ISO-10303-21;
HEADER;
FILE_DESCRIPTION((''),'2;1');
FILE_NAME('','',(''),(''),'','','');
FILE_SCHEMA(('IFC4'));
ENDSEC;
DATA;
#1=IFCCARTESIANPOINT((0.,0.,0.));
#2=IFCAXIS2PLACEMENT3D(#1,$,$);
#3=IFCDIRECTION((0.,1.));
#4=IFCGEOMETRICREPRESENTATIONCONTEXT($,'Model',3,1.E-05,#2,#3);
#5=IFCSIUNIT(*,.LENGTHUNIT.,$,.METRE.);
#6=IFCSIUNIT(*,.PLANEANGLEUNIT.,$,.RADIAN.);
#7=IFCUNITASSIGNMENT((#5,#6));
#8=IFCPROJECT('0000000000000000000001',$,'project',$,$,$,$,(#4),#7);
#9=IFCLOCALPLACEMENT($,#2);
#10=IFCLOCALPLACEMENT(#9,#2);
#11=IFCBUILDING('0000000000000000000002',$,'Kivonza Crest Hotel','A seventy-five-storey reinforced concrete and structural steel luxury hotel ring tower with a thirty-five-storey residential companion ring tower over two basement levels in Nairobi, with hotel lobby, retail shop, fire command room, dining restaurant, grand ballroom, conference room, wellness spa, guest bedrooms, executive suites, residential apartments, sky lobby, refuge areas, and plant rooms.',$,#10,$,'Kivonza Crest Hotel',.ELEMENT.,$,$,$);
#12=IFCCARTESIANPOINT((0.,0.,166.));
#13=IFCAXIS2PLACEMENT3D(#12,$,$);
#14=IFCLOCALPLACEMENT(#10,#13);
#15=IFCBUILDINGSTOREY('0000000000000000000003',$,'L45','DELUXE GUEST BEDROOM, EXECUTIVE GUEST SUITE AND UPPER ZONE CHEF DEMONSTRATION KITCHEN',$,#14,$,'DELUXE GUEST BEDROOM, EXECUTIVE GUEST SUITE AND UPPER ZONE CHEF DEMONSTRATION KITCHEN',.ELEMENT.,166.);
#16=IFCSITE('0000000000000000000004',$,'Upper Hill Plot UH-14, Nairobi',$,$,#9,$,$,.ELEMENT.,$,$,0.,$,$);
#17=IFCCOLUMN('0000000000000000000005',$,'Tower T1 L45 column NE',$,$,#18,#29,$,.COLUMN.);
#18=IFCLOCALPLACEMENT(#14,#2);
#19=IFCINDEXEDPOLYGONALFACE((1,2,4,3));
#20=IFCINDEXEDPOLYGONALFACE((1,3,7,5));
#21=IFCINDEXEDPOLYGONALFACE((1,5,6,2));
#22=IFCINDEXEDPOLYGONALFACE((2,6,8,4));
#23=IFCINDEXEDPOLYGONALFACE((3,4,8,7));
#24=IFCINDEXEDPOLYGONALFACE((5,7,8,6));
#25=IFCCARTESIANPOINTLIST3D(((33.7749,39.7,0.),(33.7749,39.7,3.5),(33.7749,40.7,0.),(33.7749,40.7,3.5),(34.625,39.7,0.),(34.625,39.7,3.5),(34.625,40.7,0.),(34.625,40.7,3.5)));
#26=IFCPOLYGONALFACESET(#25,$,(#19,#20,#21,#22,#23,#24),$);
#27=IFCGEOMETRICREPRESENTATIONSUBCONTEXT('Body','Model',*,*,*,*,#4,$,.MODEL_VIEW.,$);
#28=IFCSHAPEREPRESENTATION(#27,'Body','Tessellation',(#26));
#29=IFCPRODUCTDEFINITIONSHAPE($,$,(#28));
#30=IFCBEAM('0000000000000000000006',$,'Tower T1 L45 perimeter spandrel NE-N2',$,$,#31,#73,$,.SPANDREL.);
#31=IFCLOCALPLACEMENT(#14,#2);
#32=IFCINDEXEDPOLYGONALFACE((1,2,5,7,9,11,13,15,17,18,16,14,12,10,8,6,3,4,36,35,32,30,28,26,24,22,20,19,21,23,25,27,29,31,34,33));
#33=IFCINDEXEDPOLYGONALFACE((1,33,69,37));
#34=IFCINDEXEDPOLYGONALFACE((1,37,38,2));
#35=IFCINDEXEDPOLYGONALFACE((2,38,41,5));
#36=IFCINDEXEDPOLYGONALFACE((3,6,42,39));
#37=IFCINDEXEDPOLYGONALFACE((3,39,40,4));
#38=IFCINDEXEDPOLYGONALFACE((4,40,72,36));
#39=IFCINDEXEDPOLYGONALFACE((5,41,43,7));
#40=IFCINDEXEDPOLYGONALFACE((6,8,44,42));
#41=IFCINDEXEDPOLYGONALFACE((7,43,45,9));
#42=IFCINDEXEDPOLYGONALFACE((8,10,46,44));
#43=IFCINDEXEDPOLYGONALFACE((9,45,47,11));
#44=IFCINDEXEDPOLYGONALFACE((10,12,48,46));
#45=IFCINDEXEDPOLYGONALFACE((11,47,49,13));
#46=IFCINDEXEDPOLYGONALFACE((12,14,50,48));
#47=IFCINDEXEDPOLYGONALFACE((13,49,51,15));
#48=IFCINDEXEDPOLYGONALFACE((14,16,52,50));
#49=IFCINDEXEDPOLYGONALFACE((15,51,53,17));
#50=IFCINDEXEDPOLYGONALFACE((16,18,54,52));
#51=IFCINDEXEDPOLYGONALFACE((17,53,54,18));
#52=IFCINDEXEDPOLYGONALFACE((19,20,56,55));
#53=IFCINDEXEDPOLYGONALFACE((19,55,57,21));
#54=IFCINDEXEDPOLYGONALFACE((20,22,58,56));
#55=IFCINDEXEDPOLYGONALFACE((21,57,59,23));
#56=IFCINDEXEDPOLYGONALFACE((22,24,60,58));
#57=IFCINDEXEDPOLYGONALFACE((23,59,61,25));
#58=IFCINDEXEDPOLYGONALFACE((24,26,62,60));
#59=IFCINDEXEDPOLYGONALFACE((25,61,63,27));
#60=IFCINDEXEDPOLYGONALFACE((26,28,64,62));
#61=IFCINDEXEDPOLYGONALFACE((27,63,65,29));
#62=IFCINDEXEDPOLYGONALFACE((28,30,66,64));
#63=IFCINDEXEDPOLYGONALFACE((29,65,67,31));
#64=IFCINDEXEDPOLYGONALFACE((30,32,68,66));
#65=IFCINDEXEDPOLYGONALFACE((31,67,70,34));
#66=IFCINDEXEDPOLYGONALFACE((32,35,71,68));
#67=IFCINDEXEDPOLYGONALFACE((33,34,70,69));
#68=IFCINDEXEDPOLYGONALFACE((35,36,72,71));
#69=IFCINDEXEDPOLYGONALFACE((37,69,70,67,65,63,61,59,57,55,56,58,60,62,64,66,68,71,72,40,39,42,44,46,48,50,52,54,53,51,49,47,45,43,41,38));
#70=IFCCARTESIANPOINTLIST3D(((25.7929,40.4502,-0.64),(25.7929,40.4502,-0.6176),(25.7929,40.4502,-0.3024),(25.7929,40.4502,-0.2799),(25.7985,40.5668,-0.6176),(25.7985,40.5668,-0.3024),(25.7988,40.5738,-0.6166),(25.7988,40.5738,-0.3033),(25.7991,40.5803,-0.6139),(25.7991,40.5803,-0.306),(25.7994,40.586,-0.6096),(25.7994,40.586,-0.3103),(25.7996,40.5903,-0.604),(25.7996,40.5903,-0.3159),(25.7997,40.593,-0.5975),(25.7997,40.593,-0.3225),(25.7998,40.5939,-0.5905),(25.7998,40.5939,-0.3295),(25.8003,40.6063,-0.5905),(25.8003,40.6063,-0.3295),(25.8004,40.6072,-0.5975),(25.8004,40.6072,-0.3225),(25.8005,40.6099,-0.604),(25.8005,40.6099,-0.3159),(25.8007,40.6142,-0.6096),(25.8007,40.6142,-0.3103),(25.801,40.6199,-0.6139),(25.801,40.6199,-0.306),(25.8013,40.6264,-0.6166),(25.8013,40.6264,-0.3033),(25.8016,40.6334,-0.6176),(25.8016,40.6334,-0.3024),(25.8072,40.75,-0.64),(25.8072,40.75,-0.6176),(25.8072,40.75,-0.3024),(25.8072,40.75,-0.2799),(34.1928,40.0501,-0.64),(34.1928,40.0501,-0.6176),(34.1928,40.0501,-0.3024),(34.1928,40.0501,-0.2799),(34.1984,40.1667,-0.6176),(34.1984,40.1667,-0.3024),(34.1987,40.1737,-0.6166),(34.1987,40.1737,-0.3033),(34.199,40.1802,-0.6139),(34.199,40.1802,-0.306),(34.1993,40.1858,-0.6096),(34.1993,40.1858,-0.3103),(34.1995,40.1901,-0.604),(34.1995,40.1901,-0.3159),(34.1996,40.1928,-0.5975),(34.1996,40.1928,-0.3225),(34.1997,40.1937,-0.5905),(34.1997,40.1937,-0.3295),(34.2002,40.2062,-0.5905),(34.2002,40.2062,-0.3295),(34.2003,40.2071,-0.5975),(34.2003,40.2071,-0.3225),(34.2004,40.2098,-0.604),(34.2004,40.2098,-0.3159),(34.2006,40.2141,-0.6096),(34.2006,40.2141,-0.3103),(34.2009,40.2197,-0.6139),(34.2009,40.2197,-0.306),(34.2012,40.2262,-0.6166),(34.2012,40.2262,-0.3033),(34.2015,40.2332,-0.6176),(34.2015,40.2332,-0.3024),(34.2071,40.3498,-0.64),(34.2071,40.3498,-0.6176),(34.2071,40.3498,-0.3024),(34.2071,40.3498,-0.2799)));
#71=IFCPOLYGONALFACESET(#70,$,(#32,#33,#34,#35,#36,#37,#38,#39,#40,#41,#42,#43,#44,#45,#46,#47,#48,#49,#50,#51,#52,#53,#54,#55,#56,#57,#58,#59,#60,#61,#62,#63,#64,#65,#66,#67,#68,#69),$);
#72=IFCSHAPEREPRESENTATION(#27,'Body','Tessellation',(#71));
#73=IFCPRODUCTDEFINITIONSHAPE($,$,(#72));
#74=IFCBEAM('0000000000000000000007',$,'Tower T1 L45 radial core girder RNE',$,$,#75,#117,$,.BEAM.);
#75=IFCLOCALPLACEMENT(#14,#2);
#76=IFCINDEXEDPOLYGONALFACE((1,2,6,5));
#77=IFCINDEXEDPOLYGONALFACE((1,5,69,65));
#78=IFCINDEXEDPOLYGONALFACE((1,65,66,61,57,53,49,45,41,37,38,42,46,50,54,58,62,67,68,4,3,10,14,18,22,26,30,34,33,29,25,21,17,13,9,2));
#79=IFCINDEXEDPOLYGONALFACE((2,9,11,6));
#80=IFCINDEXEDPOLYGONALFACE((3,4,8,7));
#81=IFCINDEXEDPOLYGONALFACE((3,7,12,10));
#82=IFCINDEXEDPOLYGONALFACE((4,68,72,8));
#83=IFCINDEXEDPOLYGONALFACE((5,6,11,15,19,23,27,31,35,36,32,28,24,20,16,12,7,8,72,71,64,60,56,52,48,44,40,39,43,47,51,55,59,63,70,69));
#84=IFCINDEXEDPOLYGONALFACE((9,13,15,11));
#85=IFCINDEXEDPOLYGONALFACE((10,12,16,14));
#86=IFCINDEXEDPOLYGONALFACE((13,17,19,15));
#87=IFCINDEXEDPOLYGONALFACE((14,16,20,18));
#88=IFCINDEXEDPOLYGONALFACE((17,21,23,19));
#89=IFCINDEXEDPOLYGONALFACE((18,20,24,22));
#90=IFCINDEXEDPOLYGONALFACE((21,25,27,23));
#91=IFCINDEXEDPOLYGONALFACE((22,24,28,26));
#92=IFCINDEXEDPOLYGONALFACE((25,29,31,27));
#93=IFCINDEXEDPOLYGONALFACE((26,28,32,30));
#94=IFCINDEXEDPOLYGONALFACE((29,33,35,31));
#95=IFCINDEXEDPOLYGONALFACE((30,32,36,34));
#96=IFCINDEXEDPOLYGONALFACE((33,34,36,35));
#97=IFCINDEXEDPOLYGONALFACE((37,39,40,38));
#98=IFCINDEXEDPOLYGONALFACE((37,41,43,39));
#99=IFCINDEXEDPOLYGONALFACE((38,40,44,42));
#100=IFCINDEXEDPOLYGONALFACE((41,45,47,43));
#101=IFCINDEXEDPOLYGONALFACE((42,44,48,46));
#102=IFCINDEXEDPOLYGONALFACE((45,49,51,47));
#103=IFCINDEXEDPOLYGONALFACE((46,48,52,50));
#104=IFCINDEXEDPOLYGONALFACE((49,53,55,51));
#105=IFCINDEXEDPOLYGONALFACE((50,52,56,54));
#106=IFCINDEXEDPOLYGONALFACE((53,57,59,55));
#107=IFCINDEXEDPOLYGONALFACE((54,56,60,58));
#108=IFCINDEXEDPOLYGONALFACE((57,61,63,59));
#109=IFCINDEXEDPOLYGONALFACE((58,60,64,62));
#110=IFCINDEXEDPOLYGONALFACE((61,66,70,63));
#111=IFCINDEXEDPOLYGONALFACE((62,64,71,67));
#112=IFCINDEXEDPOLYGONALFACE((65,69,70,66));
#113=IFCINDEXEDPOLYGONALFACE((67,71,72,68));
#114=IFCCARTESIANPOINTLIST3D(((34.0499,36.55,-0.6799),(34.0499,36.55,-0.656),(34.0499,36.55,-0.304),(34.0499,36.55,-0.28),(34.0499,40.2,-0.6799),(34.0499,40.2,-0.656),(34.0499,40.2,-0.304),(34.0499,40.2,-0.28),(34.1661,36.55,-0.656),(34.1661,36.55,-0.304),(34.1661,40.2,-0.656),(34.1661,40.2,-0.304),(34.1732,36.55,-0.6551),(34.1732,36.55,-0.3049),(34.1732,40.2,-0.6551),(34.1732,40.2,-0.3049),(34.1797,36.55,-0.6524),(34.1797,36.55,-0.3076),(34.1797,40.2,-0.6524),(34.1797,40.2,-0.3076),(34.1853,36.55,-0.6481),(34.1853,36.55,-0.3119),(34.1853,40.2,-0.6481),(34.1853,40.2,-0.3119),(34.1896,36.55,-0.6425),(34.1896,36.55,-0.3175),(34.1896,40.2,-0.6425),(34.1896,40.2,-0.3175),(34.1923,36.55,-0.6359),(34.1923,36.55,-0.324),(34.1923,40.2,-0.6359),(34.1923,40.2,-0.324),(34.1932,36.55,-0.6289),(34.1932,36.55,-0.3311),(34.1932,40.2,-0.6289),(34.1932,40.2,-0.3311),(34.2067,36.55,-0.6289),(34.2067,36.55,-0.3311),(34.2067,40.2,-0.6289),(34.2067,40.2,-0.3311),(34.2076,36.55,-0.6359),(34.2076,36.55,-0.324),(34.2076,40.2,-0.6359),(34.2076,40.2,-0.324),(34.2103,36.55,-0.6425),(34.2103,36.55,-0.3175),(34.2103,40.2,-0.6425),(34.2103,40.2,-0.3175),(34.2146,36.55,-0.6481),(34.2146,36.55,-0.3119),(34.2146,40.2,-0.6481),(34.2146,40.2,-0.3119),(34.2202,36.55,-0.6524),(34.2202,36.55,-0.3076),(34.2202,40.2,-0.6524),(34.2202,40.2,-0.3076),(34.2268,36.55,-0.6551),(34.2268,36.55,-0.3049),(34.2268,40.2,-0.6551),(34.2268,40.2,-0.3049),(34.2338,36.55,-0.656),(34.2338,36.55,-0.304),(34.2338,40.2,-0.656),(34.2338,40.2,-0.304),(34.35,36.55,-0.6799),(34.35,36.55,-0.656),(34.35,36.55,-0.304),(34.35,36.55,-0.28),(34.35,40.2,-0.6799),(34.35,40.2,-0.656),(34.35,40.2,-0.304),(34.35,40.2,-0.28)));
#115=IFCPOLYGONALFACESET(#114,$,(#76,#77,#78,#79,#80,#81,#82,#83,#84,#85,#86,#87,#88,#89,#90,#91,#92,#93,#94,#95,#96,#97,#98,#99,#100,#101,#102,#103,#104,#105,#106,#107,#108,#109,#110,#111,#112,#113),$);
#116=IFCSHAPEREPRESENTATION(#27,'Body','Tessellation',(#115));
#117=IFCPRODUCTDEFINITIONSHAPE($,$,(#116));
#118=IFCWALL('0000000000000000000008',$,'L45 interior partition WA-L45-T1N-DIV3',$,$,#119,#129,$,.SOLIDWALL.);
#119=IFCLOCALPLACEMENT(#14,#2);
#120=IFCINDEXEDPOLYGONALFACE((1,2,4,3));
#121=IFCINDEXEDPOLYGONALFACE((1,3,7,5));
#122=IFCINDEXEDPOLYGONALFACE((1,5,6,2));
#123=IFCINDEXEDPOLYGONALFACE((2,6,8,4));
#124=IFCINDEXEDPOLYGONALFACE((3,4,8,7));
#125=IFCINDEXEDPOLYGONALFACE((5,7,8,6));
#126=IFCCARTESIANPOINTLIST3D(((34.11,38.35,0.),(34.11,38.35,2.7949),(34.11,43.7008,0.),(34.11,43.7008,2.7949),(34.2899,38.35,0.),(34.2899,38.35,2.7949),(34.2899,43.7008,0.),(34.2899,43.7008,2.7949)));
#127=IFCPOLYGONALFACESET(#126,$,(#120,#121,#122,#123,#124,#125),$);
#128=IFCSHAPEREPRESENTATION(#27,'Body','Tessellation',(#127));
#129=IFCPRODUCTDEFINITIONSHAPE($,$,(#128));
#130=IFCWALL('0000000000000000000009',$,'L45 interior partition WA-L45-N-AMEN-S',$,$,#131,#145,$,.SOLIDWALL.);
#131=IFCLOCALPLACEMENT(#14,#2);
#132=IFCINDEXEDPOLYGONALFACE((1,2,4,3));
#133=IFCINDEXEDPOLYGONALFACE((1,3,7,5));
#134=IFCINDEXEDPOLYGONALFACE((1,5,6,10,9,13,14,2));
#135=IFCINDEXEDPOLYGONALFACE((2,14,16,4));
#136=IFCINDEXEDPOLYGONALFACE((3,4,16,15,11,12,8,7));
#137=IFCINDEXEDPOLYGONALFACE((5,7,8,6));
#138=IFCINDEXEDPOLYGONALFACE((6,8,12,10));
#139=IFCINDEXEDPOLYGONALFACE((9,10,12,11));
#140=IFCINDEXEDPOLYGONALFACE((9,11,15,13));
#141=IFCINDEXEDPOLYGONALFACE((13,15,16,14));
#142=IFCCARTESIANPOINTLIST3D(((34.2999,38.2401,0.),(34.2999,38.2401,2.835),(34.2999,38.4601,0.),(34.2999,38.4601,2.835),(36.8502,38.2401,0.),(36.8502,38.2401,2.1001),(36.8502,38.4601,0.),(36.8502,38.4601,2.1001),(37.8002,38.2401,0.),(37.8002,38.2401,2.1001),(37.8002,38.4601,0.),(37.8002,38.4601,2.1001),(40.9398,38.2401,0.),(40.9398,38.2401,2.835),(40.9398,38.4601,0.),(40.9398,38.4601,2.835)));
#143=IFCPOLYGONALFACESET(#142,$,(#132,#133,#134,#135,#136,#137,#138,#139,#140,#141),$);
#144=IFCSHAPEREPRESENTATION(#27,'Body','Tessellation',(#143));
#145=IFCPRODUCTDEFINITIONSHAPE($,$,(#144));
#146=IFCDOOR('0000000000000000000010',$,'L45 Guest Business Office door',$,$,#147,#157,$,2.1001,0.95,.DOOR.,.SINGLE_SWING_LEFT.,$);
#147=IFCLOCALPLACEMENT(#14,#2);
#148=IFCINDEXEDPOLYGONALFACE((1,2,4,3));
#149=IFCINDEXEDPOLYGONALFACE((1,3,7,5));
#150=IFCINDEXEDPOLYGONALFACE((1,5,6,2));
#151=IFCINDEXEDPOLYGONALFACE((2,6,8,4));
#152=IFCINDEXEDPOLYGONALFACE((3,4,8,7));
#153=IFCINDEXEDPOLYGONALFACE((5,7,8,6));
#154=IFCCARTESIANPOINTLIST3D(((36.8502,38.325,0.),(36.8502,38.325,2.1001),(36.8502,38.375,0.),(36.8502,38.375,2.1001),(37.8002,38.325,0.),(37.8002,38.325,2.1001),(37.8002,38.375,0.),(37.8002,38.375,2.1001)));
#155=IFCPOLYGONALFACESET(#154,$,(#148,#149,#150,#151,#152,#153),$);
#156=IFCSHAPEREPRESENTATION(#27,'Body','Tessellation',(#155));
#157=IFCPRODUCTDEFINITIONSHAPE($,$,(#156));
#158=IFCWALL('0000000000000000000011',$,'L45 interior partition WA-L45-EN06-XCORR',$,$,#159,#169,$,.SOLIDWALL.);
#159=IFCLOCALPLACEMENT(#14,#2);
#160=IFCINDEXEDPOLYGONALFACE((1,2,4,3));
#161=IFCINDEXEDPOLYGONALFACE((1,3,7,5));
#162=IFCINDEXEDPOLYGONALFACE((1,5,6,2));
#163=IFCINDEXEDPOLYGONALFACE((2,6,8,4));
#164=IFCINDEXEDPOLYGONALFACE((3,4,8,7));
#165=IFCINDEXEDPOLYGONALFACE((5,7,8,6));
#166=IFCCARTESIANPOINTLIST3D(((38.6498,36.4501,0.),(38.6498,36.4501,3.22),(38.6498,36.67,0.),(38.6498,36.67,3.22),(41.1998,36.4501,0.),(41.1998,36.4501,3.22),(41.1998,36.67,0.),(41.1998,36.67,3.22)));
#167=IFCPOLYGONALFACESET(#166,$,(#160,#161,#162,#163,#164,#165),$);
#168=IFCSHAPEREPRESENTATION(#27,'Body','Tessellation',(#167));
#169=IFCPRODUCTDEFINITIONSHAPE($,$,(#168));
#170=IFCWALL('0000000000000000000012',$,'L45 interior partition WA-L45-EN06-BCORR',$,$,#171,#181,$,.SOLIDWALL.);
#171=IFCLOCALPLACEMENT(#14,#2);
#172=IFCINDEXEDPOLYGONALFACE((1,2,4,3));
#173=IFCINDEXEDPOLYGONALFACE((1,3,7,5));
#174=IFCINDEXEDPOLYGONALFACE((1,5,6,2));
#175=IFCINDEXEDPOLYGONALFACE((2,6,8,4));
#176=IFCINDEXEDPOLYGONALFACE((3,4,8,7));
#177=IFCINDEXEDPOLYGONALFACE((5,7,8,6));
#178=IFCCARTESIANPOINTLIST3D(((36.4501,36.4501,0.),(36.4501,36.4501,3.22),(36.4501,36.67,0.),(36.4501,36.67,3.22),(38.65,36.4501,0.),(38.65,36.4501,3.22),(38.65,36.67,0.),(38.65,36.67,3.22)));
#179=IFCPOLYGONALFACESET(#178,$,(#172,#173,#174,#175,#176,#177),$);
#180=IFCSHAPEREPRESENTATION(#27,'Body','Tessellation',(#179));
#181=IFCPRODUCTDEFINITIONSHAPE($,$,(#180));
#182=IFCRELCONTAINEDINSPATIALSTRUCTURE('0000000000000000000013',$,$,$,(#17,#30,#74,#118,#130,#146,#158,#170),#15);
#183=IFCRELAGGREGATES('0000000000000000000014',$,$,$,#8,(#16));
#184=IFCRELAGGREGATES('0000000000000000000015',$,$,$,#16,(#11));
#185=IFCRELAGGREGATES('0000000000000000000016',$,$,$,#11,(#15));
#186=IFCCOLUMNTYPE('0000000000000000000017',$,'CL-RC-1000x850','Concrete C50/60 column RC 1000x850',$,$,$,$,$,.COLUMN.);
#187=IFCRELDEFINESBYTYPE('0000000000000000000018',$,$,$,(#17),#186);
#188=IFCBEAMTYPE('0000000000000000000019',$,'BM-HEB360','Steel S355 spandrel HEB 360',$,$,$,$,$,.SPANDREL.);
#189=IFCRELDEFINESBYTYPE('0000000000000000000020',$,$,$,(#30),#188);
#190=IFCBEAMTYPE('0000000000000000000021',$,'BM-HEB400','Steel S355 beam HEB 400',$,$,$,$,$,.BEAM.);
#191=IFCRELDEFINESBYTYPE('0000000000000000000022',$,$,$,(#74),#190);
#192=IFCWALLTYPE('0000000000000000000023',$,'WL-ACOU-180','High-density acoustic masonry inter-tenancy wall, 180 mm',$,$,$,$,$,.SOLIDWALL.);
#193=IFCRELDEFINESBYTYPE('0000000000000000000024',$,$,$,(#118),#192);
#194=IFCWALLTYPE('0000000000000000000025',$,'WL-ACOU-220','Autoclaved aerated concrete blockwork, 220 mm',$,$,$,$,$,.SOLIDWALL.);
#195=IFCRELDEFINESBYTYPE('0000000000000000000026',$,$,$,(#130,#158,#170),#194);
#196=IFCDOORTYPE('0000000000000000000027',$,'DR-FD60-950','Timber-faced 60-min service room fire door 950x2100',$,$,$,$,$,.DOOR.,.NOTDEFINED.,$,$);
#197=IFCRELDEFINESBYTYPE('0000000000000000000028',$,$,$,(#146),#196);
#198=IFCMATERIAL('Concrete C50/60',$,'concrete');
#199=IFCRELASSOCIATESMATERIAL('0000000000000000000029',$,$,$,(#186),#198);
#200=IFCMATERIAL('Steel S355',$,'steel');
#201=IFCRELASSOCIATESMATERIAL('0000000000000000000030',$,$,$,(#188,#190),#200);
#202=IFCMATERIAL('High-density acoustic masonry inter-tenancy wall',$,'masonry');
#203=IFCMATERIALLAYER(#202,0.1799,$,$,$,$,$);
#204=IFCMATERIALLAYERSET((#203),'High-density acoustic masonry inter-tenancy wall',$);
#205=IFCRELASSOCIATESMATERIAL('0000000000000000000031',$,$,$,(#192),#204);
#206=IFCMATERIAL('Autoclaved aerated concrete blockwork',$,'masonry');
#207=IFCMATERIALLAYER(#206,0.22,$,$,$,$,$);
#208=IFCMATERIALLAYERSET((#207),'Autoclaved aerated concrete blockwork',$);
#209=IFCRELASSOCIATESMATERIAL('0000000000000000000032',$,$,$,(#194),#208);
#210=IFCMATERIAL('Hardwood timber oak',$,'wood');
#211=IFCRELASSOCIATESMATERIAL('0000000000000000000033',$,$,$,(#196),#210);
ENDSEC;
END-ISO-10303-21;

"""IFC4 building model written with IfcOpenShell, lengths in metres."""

from ifc_helpers import new_model, si_unit, direction, frame, frame_2d, origin, origin_2d, place, context, subcontext, project, spatial, rectangle, i_section, extrude, material, layer, layer_set, material_profile, profile_set, type_object, element, fill, save


model = new_model("IFC4")

# Units and contexts
model_context = context("Model", 3, precision=1e-05, world=origin(), true_north=direction((0.0, 1.0)))
body_context = subcontext(model_context, "Body", "Model", "MODEL_VIEW")
ifc_project = project(units=[si_unit("LENGTHUNIT", "METRE"), si_unit("PLANEANGLEUNIT", "RADIAN")], contexts=[model_context])

# Site, building, storey
site_placement = place(None, origin())
site = spatial("IfcSite", under=ifc_project, at=site_placement, Name="Upper Hill Plot UH-14, Nairobi", CompositionType="ELEMENT", RefElevation=0.0)
building_placement = place(site_placement, origin())
building = spatial("IfcBuilding", under=site, at=building_placement, Name="Kivonza Crest Hotel", Description="A seventy-five-storey reinforced concrete and structural steel luxury hotel ring tower with a thirty-five-storey residential companion ring tower over two basement levels in Nairobi, with hotel lobby, retail shop, fire command room, dining restaurant, grand ballroom, conference room, wellness spa, guest bedrooms, executive suites, residential apartments, sky lobby, refuge areas, and plant rooms.", LongName="Kivonza Crest Hotel", CompositionType="ELEMENT")
storey_placement = place(building_placement, frame((0.0, 0.0, 166.0)))
storey = spatial("IfcBuildingStorey", under=building, at=storey_placement, Name="L45", Description="DELUXE GUEST BEDROOM, EXECUTIVE GUEST SUITE AND UPPER ZONE CHEF DEMONSTRATION KITCHEN", LongName="DELUXE GUEST BEDROOM, EXECUTIVE GUEST SUITE AND UPPER ZONE CHEF DEMONSTRATION KITCHEN", CompositionType="ELEMENT", Elevation=166.0)

# Column
ifc_material_1 = material(Name="Concrete C50/60", Category="concrete")
ifc_material_profile_1 = material_profile(ifc_material_1, rectangle(XDim=0.8501, YDim=1.0, at=origin_2d()), Name="RC 1000x850")
ifc_profile_set_1 = profile_set([ifc_material_profile_1], Name="Concrete C50/60")
column_type = type_object("IfcColumnType", Name="CL-RC-1000x850", Description="Concrete C50/60 column RC 1000x850", PredefinedType="COLUMN", material=ifc_profile_set_1)
column_placement = place(storey_placement, frame((34.2, 40.2, 0.0), z_axis=(0.0, 0.0, 1.0), x_axis=(1.0, 0.0, 0.0)))
element("IfcColumn", 1, at=column_placement, inside=storey, type_object=column_type, Name="Tower T1 L45 column NE", PredefinedType="COLUMN", context=body_context, shape_type="SweptSolid", body=[
    extrude(rectangle(XDim=0.8501, YDim=1.0, at=origin_2d()), origin(), (0.0, 0.0, 1.0), 3.5),
])

# Beams
ifc_material_2 = material(Name="Steel S355", Category="steel")
ifc_material_profile_2 = material_profile(ifc_material_2, i_section(OverallWidth=0.3, OverallDepth=0.3601, WebThickness=0.0125, FlangeThickness=0.0225, FilletRadius=0.0271, at=origin_2d()), Name="HEB 360")
ifc_profile_set_2 = profile_set([ifc_material_profile_2], Name="Steel S355")
beam_type_1 = type_object("IfcBeamType", Name="BM-HEB360", Description="Steel S355 spandrel HEB 360", PredefinedType="SPANDREL", material=ifc_profile_set_2)
beam_1_placement = place(storey_placement, frame((34.2, 40.2, -0.46), z_axis=(-0.998867, 0.047583, 0.0), x_axis=(-0.047583, -0.998867, 0.0)))
element("IfcBeam", 2, at=beam_1_placement, inside=storey, type_object=beam_type_1, Name="Tower T1 L45 perimeter spandrel NE-N2", PredefinedType="SPANDREL", context=body_context, shape_type="SweptSolid", body=[
    extrude(i_section(OverallWidth=0.3, OverallDepth=0.3601, WebThickness=0.0125, FlangeThickness=0.0225, FilletRadius=0.0271, at=origin_2d()), origin(), (0.0, 0.0, 1.0), 8.4094),
])
ifc_material_profile_3 = material_profile(ifc_material_2, i_section(OverallWidth=0.3, OverallDepth=0.3999, WebThickness=0.0134, FlangeThickness=0.0239, FilletRadius=0.0271, at=origin_2d()), Name="HEB 400")
ifc_profile_set_3 = profile_set([ifc_material_profile_3], Name="Steel S355")
beam_type_2 = type_object("IfcBeamType", Name="BM-HEB400", Description="Steel S355 beam HEB 400", PredefinedType="BEAM", material=ifc_profile_set_3)
beam_2_placement = place(storey_placement, frame((34.2, 40.2, -0.48), z_axis=(0.0, -1.0, 0.0), x_axis=(1.0, 0.0, 0.0)))
element("IfcBeam", 3, at=beam_2_placement, inside=storey, type_object=beam_type_2, Name="Tower T1 L45 radial core girder RNE", PredefinedType="BEAM", context=body_context, shape_type="SweptSolid", body=[
    extrude(i_section(OverallWidth=0.3, OverallDepth=0.3999, WebThickness=0.0134, FlangeThickness=0.0239, FilletRadius=0.0271, at=origin_2d()), origin(), (0.0, 0.0, 1.0), 3.6499),
])

# Wall
ifc_material_3 = material(Name="High-density acoustic masonry inter-tenancy wall", Category="masonry")
ifc_layer_1 = layer(ifc_material_3, 0.1799)
ifc_layer_set_1 = layer_set([ifc_layer_1], Name="High-density acoustic masonry inter-tenancy wall")
wall_type_1 = type_object("IfcWallType", Name="WL-ACOU-180", Description="High-density acoustic masonry inter-tenancy wall, 180 mm", PredefinedType="SOLIDWALL", material=ifc_layer_set_1)
wall_1_placement = place(storey_placement, frame((34.2, 38.3501, 0.0), z_axis=(0.0, 0.0, 1.0), x_axis=(0.0, 1.0, 0.0)))
element("IfcWall", 4, at=wall_1_placement, inside=storey, type_object=wall_type_1, Name="L45 interior partition WA-L45-T1N-DIV3", PredefinedType="SOLIDWALL", context=body_context, shape_type="SweptSolid", body=[
    extrude(rectangle(XDim=5.3508, YDim=0.1799, at=frame_2d((2.6753, 0.0))), origin(), (0.0, 0.0, 1.0), 2.7949),
])

# Wall, opening, door
ifc_material_4 = material(Name="Autoclaved aerated concrete blockwork", Category="masonry")
ifc_layer_2 = layer(ifc_material_4, 0.22)
ifc_layer_set_2 = layer_set([ifc_layer_2], Name="Autoclaved aerated concrete blockwork")
wall_type_2 = type_object("IfcWallType", Name="WL-ACOU-220", Description="Autoclaved aerated concrete blockwork, 220 mm", PredefinedType="SOLIDWALL", material=ifc_layer_set_2)
wall_2_placement = place(storey_placement, frame((34.3, 38.3501, 0.0), z_axis=(0.0, 0.0, 1.0), x_axis=(1.0, 0.0, 0.0)))
wall_2 = element("IfcWall", 5, at=wall_2_placement, inside=storey, type_object=wall_type_2, Name="L45 interior partition WA-L45-N-AMEN-S", PredefinedType="SOLIDWALL", context=body_context, shape_type="SweptSolid", body=[
    extrude(rectangle(XDim=6.6399, YDim=0.22, at=frame_2d((3.3198, 0.0))), origin(), (0.0, 0.0, 1.0), 2.835),
])
opening_1_placement = place(wall_2_placement, frame((2.55, 0.0, 0.0)))
opening_1 = element("IfcOpeningElement", 6, at=opening_1_placement, cuts=wall_2, PredefinedType="OPENING", context=body_context, shape_type="SweptSolid", body=[
    extrude(rectangle(XDim=0.95, YDim=2.1001, at=frame_2d((0.4751, 1.05))), frame((0.0, 0.1201, 0.0), z_axis=(0.0, -1.0, 0.0), x_axis=(1.0, 0.0, 0.0)), (0.0, 0.0, 1.0), 0.24),
])
ifc_material_5 = material(Name="Hardwood timber oak", Category="wood")
door_type_1 = type_object("IfcDoorType", Name="DR-FD60-950", Description="Timber-faced 60-min service room fire door 950x2100", OperationType="NOTDEFINED", PredefinedType="DOOR", material=ifc_material_5)
door_1_placement = place(opening_1_placement, origin())
door_1 = element("IfcDoor", 7, at=door_1_placement, inside=storey, type_object=door_type_1, Name="L45 Guest Business Office door", OperationType="SINGLE_SWING_LEFT", OverallHeight=2.1001, OverallWidth=0.95, PredefinedType="DOOR", context=body_context, shape_type="SweptSolid", body=[
    extrude(rectangle(XDim=0.95, YDim=2.1001, at=frame_2d((0.4751, 1.05))), frame((0.0, 0.0249, 0.0), z_axis=(0.0, -1.0, 0.0), x_axis=(1.0, 0.0, 0.0)), (0.0, 0.0, 1.0), 0.05),
])
fill(opening_1, door_1)

# Walls
wall_3_placement = place(storey_placement, frame((38.6499, 36.5601, 0.0), z_axis=(0.0, 0.0, 1.0), x_axis=(1.0, 0.0, 0.0)))
element("IfcWall", 8, at=wall_3_placement, inside=storey, type_object=wall_type_2, Name="L45 interior partition WA-L45-EN06-XCORR", PredefinedType="SOLIDWALL", context=body_context, shape_type="SweptSolid", body=[
    extrude(rectangle(XDim=2.55, YDim=0.22, at=frame_2d((1.2749, 0.0))), origin(), (0.0, 0.0, 1.0), 3.22),
])
wall_4_placement = place(storey_placement, frame((36.45, 36.5601, 0.0), z_axis=(0.0, 0.0, 1.0), x_axis=(1.0, 0.0, 0.0)))
element("IfcWall", 9, at=wall_4_placement, inside=storey, type_object=wall_type_2, Name="L45 interior partition WA-L45-EN06-BCORR", PredefinedType="SOLIDWALL", context=body_context, shape_type="SweptSolid", body=[
    extrude(rectangle(XDim=2.2, YDim=0.22, at=frame_2d((1.1001, 0.0))), origin(), (0.0, 0.0, 1.0), 3.22),
])

save(model, "model.ifc")
